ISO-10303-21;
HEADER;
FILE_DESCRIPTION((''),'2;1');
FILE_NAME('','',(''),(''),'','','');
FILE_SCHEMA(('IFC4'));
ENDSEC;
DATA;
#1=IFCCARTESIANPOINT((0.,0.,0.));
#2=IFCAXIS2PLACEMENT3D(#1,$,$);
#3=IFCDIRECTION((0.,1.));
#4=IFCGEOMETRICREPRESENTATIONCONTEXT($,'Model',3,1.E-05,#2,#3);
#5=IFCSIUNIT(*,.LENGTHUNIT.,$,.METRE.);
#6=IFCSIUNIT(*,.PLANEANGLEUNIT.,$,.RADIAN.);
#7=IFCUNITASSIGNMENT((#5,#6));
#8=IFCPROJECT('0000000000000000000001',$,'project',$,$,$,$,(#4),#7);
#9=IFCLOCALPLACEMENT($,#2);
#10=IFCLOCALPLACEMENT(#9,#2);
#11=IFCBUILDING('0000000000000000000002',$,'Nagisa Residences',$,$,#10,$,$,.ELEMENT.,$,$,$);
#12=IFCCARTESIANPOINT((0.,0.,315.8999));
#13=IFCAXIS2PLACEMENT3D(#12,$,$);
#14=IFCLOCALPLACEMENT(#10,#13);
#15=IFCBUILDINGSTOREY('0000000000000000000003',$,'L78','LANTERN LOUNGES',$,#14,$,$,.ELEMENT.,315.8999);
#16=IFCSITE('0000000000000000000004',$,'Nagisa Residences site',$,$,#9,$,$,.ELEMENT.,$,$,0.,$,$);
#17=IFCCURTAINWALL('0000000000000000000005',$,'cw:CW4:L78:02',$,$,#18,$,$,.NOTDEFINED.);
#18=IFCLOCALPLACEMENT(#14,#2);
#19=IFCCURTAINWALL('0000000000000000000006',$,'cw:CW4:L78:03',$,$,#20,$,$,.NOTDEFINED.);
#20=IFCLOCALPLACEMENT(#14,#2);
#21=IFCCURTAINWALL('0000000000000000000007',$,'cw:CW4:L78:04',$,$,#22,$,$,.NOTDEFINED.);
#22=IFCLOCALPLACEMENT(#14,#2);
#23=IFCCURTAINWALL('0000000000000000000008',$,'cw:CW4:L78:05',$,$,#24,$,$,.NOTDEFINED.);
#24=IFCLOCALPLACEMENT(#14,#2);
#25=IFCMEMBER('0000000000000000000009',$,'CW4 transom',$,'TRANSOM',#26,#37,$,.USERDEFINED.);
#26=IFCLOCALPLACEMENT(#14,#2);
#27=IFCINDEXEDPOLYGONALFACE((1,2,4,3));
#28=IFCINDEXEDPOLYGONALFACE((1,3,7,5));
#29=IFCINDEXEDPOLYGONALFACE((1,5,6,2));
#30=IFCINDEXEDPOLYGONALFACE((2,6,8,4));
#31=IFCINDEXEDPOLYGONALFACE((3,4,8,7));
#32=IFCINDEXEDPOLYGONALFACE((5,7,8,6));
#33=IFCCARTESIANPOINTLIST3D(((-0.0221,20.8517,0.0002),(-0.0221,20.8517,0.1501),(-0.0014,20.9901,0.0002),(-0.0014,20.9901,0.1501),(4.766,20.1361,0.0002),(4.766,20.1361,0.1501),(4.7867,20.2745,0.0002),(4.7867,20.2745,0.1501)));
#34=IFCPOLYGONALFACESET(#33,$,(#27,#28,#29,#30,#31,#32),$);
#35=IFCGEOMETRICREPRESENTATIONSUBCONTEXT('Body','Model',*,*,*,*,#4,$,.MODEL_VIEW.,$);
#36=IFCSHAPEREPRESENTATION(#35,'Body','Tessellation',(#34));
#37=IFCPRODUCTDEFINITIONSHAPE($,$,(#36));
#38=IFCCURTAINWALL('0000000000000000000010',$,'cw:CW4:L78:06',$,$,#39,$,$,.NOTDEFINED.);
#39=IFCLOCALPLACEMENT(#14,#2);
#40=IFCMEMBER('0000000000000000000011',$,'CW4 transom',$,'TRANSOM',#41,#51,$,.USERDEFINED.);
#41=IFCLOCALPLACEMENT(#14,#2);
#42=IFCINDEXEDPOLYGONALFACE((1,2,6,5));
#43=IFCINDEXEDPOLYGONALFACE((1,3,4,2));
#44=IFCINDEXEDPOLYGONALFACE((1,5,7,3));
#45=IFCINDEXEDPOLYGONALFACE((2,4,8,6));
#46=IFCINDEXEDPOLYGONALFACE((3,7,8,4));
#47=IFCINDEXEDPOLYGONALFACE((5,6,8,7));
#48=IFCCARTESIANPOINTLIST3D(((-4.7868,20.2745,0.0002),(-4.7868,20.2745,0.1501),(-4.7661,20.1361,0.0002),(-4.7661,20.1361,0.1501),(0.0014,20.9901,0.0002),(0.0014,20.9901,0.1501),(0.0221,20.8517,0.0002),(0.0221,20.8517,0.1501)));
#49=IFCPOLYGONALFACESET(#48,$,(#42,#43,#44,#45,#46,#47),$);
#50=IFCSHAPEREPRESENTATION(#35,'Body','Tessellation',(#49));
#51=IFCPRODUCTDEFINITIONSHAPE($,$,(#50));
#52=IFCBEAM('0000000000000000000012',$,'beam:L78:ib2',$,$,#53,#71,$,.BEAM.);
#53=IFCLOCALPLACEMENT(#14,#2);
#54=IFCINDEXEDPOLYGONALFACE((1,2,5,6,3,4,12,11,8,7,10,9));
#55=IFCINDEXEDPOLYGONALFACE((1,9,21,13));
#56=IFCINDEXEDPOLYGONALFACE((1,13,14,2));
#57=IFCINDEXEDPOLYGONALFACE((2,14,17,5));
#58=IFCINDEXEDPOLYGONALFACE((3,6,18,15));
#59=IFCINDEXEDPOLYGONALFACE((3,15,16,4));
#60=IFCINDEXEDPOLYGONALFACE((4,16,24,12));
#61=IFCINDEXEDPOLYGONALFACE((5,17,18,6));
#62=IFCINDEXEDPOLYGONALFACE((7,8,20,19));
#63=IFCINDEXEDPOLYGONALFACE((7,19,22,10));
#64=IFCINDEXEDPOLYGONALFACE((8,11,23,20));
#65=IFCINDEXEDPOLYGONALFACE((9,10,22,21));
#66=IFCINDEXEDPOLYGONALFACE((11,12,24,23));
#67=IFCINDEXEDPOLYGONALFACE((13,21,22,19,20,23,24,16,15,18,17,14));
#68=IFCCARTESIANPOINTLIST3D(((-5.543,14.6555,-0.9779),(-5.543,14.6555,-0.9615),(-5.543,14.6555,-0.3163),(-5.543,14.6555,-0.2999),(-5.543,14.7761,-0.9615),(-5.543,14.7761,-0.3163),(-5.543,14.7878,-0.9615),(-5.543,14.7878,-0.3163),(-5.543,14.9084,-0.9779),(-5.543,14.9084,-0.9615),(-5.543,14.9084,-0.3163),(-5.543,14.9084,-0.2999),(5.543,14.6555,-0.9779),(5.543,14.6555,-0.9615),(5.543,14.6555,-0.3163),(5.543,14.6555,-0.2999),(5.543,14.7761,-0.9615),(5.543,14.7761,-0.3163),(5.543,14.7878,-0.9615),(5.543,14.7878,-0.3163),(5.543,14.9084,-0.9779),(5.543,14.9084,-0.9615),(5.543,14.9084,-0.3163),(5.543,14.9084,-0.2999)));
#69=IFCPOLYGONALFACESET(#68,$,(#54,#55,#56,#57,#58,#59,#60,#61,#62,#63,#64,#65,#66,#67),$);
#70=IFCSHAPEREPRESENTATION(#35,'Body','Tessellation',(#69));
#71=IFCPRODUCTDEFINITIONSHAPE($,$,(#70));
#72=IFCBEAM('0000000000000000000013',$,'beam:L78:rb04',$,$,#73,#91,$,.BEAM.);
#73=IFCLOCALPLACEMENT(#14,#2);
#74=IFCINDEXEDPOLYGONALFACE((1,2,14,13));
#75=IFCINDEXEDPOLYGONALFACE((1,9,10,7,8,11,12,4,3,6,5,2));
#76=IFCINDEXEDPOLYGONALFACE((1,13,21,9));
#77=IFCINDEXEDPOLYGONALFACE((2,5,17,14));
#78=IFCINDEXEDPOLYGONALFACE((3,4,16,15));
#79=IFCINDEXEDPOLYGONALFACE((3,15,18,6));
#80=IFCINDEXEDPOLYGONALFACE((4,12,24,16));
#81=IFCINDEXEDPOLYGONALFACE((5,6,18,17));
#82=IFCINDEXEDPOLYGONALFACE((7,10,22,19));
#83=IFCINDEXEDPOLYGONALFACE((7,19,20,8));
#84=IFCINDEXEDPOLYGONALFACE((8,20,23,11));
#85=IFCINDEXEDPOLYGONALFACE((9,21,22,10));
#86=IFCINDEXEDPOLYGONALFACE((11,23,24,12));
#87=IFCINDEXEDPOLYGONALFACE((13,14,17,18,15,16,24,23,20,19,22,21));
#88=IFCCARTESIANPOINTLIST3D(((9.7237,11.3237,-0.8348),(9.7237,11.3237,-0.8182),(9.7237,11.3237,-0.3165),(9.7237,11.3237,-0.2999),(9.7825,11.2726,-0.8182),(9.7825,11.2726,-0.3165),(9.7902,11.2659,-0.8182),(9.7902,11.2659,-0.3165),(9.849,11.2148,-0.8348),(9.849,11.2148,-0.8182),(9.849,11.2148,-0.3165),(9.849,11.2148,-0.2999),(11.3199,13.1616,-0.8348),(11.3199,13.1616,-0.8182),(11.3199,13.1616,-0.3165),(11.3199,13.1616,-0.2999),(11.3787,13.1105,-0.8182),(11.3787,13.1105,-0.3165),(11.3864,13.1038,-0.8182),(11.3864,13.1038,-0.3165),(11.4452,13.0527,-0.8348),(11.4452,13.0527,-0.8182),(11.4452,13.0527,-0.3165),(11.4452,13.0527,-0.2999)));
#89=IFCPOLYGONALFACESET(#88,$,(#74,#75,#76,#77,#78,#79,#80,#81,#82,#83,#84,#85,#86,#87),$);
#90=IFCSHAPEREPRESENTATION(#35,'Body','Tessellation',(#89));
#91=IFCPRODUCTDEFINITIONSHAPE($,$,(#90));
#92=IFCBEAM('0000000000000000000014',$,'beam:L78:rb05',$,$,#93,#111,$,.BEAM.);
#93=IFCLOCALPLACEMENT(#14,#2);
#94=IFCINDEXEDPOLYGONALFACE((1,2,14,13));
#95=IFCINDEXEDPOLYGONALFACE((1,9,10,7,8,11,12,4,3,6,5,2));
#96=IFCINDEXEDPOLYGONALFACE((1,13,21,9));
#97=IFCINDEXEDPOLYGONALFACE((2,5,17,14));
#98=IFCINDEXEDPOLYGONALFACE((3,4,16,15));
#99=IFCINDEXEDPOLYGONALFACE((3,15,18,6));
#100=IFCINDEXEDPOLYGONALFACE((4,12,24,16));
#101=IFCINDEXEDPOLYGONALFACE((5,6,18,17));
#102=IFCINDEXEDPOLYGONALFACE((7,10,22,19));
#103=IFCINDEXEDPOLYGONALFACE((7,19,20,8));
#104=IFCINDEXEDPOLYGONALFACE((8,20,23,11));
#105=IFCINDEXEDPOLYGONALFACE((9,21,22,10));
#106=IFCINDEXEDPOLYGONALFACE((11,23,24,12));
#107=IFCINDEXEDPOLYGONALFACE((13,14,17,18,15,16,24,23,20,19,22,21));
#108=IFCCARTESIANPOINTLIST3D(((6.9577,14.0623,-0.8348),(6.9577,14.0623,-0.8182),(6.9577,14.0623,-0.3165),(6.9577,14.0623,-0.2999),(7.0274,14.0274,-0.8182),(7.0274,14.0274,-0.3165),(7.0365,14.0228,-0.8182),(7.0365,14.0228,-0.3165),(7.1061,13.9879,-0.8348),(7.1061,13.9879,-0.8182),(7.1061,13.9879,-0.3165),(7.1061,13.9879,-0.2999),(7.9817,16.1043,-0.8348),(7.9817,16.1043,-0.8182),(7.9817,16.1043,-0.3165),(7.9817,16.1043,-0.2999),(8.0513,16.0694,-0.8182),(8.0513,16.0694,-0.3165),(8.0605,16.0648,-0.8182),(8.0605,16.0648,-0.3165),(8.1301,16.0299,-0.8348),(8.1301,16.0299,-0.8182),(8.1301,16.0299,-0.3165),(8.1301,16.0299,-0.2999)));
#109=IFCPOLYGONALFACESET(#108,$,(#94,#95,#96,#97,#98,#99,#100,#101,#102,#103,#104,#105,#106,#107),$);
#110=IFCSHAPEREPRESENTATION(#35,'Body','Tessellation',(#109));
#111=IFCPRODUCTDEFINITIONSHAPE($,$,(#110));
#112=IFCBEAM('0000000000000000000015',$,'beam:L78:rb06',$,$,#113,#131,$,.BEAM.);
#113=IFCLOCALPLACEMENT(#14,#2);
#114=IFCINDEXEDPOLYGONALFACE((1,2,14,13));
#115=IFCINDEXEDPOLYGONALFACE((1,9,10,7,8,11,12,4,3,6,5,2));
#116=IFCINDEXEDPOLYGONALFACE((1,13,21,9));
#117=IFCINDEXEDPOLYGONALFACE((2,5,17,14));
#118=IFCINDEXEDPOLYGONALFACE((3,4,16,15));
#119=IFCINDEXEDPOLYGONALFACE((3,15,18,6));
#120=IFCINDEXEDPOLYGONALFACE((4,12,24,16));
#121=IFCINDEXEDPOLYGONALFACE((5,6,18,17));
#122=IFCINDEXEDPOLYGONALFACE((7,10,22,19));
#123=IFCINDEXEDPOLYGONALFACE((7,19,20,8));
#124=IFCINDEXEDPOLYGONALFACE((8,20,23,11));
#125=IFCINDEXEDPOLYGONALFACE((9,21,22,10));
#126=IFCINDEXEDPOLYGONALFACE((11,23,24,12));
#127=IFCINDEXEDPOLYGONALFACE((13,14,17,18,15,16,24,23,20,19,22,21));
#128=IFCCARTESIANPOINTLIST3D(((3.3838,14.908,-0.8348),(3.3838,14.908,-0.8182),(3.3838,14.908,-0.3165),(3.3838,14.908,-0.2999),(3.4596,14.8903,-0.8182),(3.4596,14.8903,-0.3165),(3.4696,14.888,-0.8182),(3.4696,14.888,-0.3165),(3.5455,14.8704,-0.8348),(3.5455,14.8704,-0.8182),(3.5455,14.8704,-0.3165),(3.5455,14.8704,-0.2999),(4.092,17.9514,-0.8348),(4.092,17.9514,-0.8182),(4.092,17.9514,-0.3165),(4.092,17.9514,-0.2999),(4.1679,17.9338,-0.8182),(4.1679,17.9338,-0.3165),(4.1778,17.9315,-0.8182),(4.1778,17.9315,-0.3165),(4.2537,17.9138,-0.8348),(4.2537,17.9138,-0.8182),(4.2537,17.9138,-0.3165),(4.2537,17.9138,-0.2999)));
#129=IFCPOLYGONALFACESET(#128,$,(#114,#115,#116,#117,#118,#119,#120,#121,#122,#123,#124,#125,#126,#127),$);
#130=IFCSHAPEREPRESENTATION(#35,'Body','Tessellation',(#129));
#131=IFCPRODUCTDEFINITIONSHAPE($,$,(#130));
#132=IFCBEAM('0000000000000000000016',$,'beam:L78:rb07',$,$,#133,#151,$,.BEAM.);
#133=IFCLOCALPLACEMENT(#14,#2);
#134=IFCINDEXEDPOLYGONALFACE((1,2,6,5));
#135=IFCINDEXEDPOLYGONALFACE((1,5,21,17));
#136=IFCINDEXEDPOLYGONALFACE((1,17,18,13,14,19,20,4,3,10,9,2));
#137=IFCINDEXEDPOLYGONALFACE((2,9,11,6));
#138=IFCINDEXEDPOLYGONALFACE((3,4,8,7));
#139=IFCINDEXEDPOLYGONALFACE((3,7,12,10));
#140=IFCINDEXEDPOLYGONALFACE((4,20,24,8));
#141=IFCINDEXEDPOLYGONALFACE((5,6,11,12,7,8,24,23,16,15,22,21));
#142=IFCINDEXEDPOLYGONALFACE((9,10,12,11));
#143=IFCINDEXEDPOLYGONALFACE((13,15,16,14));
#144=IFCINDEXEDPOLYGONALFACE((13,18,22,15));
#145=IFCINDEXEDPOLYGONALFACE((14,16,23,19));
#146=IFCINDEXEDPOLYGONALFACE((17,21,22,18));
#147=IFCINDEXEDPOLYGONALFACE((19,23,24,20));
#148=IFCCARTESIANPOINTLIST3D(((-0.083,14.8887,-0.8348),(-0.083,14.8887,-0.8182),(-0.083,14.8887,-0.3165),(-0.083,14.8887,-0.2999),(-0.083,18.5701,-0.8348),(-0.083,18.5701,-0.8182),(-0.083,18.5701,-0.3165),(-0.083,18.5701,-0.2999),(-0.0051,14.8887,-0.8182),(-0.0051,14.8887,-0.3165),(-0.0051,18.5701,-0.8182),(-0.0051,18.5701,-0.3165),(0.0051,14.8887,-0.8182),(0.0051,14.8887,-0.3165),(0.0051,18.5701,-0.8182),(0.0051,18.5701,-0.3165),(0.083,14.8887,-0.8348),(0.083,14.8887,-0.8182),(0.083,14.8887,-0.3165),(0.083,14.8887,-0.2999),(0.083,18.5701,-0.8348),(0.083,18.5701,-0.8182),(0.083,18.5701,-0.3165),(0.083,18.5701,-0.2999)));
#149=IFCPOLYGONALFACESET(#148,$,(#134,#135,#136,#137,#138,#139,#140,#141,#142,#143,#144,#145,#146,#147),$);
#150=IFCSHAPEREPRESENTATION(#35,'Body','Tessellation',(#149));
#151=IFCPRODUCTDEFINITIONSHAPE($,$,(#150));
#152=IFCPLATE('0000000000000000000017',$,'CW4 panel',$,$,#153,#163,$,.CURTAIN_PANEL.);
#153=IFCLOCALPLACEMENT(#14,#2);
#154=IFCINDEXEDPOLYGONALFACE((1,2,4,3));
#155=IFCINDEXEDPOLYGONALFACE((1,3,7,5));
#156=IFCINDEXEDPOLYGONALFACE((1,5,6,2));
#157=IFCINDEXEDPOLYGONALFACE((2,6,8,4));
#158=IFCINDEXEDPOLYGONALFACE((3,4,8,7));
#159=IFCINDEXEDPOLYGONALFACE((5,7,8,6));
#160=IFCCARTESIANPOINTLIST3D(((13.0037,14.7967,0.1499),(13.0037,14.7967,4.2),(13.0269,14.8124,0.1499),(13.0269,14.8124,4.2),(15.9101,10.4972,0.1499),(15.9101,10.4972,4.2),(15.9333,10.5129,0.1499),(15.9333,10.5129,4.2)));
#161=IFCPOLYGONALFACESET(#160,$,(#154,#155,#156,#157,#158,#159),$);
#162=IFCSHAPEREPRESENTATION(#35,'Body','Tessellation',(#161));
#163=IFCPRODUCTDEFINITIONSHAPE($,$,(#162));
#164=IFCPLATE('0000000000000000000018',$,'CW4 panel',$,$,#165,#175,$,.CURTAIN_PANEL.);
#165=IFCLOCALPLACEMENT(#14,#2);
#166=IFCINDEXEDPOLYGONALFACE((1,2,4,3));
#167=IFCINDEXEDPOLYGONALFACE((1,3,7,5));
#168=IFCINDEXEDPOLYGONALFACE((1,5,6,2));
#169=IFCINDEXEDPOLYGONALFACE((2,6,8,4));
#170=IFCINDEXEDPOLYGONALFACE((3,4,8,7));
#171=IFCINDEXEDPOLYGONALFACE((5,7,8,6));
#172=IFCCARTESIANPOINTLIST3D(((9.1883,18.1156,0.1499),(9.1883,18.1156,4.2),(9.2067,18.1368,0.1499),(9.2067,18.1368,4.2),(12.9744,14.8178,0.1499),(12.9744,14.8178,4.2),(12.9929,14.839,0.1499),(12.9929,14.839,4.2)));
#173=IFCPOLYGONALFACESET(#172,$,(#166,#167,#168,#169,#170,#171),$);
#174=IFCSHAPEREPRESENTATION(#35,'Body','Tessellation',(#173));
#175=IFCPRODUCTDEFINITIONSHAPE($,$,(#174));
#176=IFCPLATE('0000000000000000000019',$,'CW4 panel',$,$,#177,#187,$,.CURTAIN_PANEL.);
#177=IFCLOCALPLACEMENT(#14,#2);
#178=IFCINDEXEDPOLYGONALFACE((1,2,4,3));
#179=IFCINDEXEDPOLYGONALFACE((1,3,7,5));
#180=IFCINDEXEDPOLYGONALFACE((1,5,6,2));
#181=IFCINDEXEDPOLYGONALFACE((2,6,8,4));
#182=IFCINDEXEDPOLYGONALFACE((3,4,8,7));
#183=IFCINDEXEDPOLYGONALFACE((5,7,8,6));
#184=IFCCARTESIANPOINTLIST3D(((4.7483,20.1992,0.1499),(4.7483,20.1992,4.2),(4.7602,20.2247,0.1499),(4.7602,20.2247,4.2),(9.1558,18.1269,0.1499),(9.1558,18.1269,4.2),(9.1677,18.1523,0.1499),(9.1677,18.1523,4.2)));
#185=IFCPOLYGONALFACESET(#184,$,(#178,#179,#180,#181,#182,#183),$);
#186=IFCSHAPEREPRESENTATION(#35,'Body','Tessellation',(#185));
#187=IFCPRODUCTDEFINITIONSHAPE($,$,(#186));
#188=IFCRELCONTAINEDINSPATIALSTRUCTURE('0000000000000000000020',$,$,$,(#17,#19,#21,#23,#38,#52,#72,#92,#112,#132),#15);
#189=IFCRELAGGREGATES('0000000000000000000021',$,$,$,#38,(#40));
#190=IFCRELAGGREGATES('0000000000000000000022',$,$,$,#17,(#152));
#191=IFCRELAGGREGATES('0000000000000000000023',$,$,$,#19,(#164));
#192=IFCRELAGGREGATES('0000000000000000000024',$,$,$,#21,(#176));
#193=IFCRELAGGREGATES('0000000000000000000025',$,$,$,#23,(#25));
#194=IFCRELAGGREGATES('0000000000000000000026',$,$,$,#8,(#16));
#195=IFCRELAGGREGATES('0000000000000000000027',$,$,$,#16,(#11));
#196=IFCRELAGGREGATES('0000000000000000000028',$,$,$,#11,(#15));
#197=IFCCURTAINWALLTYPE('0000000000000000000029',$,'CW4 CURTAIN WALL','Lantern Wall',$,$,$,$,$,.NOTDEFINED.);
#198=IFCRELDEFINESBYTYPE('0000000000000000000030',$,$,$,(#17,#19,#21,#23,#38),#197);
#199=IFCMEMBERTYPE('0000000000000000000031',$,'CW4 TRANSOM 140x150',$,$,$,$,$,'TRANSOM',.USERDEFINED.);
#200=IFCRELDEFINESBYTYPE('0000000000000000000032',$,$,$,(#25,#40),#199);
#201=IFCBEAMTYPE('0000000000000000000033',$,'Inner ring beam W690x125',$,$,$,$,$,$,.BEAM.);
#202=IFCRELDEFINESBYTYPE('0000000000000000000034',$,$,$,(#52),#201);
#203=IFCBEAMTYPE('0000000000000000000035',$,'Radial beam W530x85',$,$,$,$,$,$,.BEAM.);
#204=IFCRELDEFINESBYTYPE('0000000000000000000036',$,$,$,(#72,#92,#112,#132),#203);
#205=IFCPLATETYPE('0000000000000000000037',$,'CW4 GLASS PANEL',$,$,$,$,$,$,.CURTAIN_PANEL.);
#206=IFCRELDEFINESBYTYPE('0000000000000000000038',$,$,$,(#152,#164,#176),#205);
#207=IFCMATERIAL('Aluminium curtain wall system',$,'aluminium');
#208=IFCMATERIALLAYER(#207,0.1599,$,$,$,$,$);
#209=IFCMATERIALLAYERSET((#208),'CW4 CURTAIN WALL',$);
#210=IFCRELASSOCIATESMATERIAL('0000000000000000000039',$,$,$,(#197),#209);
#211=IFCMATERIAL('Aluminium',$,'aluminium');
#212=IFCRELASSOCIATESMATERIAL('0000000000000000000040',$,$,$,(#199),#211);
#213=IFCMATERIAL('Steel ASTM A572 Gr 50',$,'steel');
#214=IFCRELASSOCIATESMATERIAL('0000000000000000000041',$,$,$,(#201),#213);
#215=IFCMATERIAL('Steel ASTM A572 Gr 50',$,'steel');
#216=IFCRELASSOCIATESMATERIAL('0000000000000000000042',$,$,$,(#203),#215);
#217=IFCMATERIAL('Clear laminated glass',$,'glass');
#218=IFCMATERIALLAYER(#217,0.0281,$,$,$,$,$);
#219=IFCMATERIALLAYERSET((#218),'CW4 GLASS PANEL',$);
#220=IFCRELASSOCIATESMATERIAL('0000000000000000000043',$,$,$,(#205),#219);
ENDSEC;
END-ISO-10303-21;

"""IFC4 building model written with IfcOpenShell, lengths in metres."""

from ifc_helpers import new_model, si_unit, direction, frame, origin, origin_2d, place, context, subcontext, project, spatial, rectangle, i_section, extrude, material, layer, layer_set, material_profile, profile_set, type_object, element, aggregate, save


model = new_model("IFC4")

# Units and contexts
model_context = context("Model", 3, precision=1e-05, world=origin(), true_north=direction((0.0, 1.0)))
body_context = subcontext(model_context, "Body", "Model", "MODEL_VIEW")
ifc_project = project(units=[si_unit("LENGTHUNIT", "METRE"), si_unit("PLANEANGLEUNIT", "RADIAN")], contexts=[model_context])

# Site, building, storey
site_placement = place(None, origin())
site = spatial("IfcSite", under=ifc_project, at=site_placement, Name="Nagisa Residences site", CompositionType="ELEMENT", RefElevation=0.0)
building_placement = place(site_placement, origin())
building = spatial("IfcBuilding", under=site, at=building_placement, Name="Nagisa Residences", CompositionType="ELEMENT")
storey_placement = place(building_placement, frame((0.0, 0.0, 315.8999)))
storey = spatial("IfcBuildingStorey", under=building, at=storey_placement, Name="L78", Description="LANTERN LOUNGES", CompositionType="ELEMENT", Elevation=315.8999)

# Curtain walls
ifc_material_1 = material(Name="Aluminium curtain wall system", Category="aluminium")
ifc_layer_1 = layer(ifc_material_1, 0.1599)
ifc_layer_set_1 = layer_set([ifc_layer_1], Name="CW4 CURTAIN WALL")
curtain_wall_type = type_object("IfcCurtainWallType", Name="CW4 CURTAIN WALL", Description="Lantern Wall", PredefinedType="NOTDEFINED", material=ifc_layer_set_1)
curtain_wall_1_placement = place(storey_placement, origin())
curtain_wall_1 = element("IfcCurtainWall", 1, at=curtain_wall_1_placement, inside=storey, type_object=curtain_wall_type, Name="cw:CW4:L78:02", PredefinedType="NOTDEFINED")
curtain_wall_2_placement = place(storey_placement, origin())
curtain_wall_2 = element("IfcCurtainWall", 2, at=curtain_wall_2_placement, inside=storey, type_object=curtain_wall_type, Name="cw:CW4:L78:03", PredefinedType="NOTDEFINED")
curtain_wall_3_placement = place(storey_placement, origin())
curtain_wall_3 = element("IfcCurtainWall", 3, at=curtain_wall_3_placement, inside=storey, type_object=curtain_wall_type, Name="cw:CW4:L78:04", PredefinedType="NOTDEFINED")
curtain_wall_4_placement = place(storey_placement, origin())
curtain_wall_4 = element("IfcCurtainWall", 4, at=curtain_wall_4_placement, inside=storey, type_object=curtain_wall_type, Name="cw:CW4:L78:05", PredefinedType="NOTDEFINED")

# Member
ifc_material_2 = material(Name="Aluminium", Category="aluminium")
ifc_material_profile_1 = material_profile(ifc_material_2, rectangle(XDim=0.1399, YDim=0.1499, at=origin_2d()), Name="CW4 TRANSOM 140x150")
ifc_profile_set_1 = profile_set([ifc_material_profile_1], Name="Aluminium")
member_type_1 = type_object("IfcMemberType", Name="CW4 TRANSOM 140x150", ElementType="TRANSOM", PredefinedType="USERDEFINED", material=ifc_profile_set_1)
member_1_placement = place(storey_placement, frame((4.7764, 20.2053, 0.0752), z_axis=(-0.989016, 0.147808, 0.0), x_axis=(-0.147808, -0.989016, 0.0)))
member_1 = element("IfcMember", 5, at=member_1_placement, type_object=member_type_1, Name="CW4 transom", ObjectType="TRANSOM", PredefinedType="USERDEFINED", context=body_context, shape_type="SweptSolid", body=[
    extrude(rectangle(XDim=0.1399, YDim=0.1499, at=origin_2d()), origin(), (0.0, 0.0, 1.0), 4.8413),
])

# Curtain wall, member
curtain_wall_5_placement = place(storey_placement, origin())
curtain_wall_5 = element("IfcCurtainWall", 6, at=curtain_wall_5_placement, inside=storey, type_object=curtain_wall_type, Name="cw:CW4:L78:06", PredefinedType="NOTDEFINED")
member_2_placement = place(storey_placement, frame((0.0117, 20.9209, 0.0752), z_axis=(-0.989016, -0.147808, 0.0), x_axis=(0.147808, -0.989016, 0.0)))
member_2 = element("IfcMember", 7, at=member_2_placement, type_object=member_type_1, Name="CW4 transom", ObjectType="TRANSOM", PredefinedType="USERDEFINED", context=body_context, shape_type="SweptSolid", body=[
    extrude(rectangle(XDim=0.1399, YDim=0.1499, at=origin_2d()), origin(), (0.0, 0.0, 1.0), 4.8413),
])
aggregate(curtain_wall_5, [member_2])

# Beams
ifc_material_3 = material(Name="Steel ASTM A572 Gr 50", Category="steel")
ifc_material_profile_2 = material_profile(ifc_material_3, i_section(OverallWidth=0.2529, OverallDepth=0.678, WebThickness=0.0117, FlangeThickness=0.0164, at=origin_2d()), Name="W690x125")
ifc_profile_set_2 = profile_set([ifc_material_profile_2], Name="Steel ASTM A572 Gr 50")
beam_type_1 = type_object("IfcBeamType", Name="Inner ring beam W690x125", PredefinedType="BEAM", material=ifc_profile_set_2)
beam_1_placement = place(storey_placement, frame((5.543, 14.782, -0.6389), z_axis=(-1.0, 0.0, 0.0), x_axis=(0.0, -1.0, 0.0)))
element("IfcBeam", 8, at=beam_1_placement, inside=storey, type_object=beam_type_1, Name="beam:L78:ib2", PredefinedType="BEAM", context=body_context, shape_type="SweptSolid", body=[
    extrude(i_section(OverallWidth=0.2529, OverallDepth=0.678, WebThickness=0.0117, FlangeThickness=0.0164, at=origin_2d()), origin(), (0.0, 0.0, 1.0), 11.0859),
])
ifc_material_4 = material(Name="Steel ASTM A572 Gr 50", Category="steel")
ifc_material_profile_3 = material_profile(ifc_material_4, i_section(OverallWidth=0.166, OverallDepth=0.5349, WebThickness=0.0103, FlangeThickness=0.0166, at=origin_2d()), Name="W530x85")
ifc_profile_set_3 = profile_set([ifc_material_profile_3], Name="Steel ASTM A572 Gr 50")
beam_type_2 = type_object("IfcBeamType", Name="Radial beam W530x85", PredefinedType="BEAM", material=ifc_profile_set_3)
beam_2_placement = place(storey_placement, frame((11.3826, 13.1072, -0.5674), z_axis=(-0.655717, -0.755007, 0.0), x_axis=(0.755007, -0.655717, 0.0)))
element("IfcBeam", 9, at=beam_2_placement, inside=storey, type_object=beam_type_2, Name="beam:L78:rb04", PredefinedType="BEAM", context=body_context, shape_type="SweptSolid", body=[
    extrude(i_section(OverallWidth=0.166, OverallDepth=0.5349, WebThickness=0.0103, FlangeThickness=0.0166, at=origin_2d()), origin(), (0.0, 0.0, 1.0), 2.4343),
])
beam_3_placement = place(storey_placement, frame((8.0559, 16.0671, -0.5674), z_axis=(-0.448239, -0.893914, 0.0), x_axis=(0.893914, -0.448239, 0.0)))
element("IfcBeam", 10, at=beam_3_placement, inside=storey, type_object=beam_type_2, Name="beam:L78:rb05", PredefinedType="BEAM", context=body_context, shape_type="SweptSolid", body=[
    extrude(i_section(OverallWidth=0.166, OverallDepth=0.5349, WebThickness=0.0103, FlangeThickness=0.0166, at=origin_2d()), origin(), (0.0, 0.0, 1.0), 2.2844),
])
beam_4_placement = place(storey_placement, frame((4.1729, 17.9326, -0.5674), z_axis=(-0.226657, -0.973975, 0.0), x_axis=(0.973975, -0.226657, 0.0)))
element("IfcBeam", 11, at=beam_4_placement, inside=storey, type_object=beam_type_2, Name="beam:L78:rb06", PredefinedType="BEAM", context=body_context, shape_type="SweptSolid", body=[
    extrude(i_section(OverallWidth=0.166, OverallDepth=0.5349, WebThickness=0.0103, FlangeThickness=0.0166, at=origin_2d()), origin(), (0.0, 0.0, 1.0), 3.1248),
])
beam_5_placement = place(storey_placement, frame((0.0, 18.5701, -0.5674), z_axis=(0.0, -1.0, 0.0), x_axis=(1.0, 0.0, 0.0)))
element("IfcBeam", 12, at=beam_5_placement, inside=storey, type_object=beam_type_2, Name="beam:L78:rb07", PredefinedType="BEAM", context=body_context, shape_type="SweptSolid", body=[
    extrude(i_section(OverallWidth=0.166, OverallDepth=0.5349, WebThickness=0.0103, FlangeThickness=0.0166, at=origin_2d()), origin(), (0.0, 0.0, 1.0), 3.6814),
])

# Plates
ifc_material_5 = material(Name="Clear laminated glass", Category="glass")
ifc_layer_2 = layer(ifc_material_5, 0.0281)
ifc_layer_set_2 = layer_set([ifc_layer_2], Name="CW4 GLASS PANEL")
plate_type = type_object("IfcPlateType", Name="CW4 GLASS PANEL", PredefinedType="CURTAIN_PANEL", material=ifc_layer_set_2)
plate_1_placement = place(storey_placement, frame((14.4685, 12.6548, 0.1499), z_axis=(0.0, 0.0, 1.0), x_axis=(-0.56003, 0.828473, 0.0)))
plate_1 = element("IfcPlate", 13, at=plate_1_placement, type_object=plate_type, Name="CW4 panel", PredefinedType="CURTAIN_PANEL", context=body_context, shape_type="SweptSolid", body=[
    extrude(rectangle(XDim=5.1897, YDim=0.0281, at=origin_2d()), origin(), (0.0, 0.0, 1.0), 4.05),
])
aggregate(curtain_wall_1, [plate_1])
plate_2_placement = place(storey_placement, frame((11.0906, 16.4773, 0.1499), z_axis=(0.0, 0.0, 1.0), x_axis=(-0.754062, 0.656803, 0.0)))
plate_2 = element("IfcPlate", 14, at=plate_2_placement, type_object=plate_type, Name="CW4 panel", PredefinedType="CURTAIN_PANEL", context=body_context, shape_type="SweptSolid", body=[
    extrude(rectangle(XDim=5.021, YDim=0.0281, at=origin_2d()), origin(), (0.0, 0.0, 1.0), 4.05),
])
aggregate(curtain_wall_2, [plate_2])
plate_3_placement = place(storey_placement, frame((6.958, 19.1758, 0.1499), z_axis=(0.0, 0.0, 1.0), x_axis=(-0.904958, 0.425501, 0.0)))
plate_3 = element("IfcPlate", 15, at=plate_3_placement, type_object=plate_type, Name="CW4 panel", PredefinedType="CURTAIN_PANEL", context=body_context, shape_type="SweptSolid", body=[
    extrude(rectangle(XDim=4.8704, YDim=0.0281, at=origin_2d()), origin(), (0.0, 0.0, 1.0), 4.05),
])
aggregate(curtain_wall_3, [plate_3])
aggregate(curtain_wall_4, [member_1])

save(model, "model.ifc")
